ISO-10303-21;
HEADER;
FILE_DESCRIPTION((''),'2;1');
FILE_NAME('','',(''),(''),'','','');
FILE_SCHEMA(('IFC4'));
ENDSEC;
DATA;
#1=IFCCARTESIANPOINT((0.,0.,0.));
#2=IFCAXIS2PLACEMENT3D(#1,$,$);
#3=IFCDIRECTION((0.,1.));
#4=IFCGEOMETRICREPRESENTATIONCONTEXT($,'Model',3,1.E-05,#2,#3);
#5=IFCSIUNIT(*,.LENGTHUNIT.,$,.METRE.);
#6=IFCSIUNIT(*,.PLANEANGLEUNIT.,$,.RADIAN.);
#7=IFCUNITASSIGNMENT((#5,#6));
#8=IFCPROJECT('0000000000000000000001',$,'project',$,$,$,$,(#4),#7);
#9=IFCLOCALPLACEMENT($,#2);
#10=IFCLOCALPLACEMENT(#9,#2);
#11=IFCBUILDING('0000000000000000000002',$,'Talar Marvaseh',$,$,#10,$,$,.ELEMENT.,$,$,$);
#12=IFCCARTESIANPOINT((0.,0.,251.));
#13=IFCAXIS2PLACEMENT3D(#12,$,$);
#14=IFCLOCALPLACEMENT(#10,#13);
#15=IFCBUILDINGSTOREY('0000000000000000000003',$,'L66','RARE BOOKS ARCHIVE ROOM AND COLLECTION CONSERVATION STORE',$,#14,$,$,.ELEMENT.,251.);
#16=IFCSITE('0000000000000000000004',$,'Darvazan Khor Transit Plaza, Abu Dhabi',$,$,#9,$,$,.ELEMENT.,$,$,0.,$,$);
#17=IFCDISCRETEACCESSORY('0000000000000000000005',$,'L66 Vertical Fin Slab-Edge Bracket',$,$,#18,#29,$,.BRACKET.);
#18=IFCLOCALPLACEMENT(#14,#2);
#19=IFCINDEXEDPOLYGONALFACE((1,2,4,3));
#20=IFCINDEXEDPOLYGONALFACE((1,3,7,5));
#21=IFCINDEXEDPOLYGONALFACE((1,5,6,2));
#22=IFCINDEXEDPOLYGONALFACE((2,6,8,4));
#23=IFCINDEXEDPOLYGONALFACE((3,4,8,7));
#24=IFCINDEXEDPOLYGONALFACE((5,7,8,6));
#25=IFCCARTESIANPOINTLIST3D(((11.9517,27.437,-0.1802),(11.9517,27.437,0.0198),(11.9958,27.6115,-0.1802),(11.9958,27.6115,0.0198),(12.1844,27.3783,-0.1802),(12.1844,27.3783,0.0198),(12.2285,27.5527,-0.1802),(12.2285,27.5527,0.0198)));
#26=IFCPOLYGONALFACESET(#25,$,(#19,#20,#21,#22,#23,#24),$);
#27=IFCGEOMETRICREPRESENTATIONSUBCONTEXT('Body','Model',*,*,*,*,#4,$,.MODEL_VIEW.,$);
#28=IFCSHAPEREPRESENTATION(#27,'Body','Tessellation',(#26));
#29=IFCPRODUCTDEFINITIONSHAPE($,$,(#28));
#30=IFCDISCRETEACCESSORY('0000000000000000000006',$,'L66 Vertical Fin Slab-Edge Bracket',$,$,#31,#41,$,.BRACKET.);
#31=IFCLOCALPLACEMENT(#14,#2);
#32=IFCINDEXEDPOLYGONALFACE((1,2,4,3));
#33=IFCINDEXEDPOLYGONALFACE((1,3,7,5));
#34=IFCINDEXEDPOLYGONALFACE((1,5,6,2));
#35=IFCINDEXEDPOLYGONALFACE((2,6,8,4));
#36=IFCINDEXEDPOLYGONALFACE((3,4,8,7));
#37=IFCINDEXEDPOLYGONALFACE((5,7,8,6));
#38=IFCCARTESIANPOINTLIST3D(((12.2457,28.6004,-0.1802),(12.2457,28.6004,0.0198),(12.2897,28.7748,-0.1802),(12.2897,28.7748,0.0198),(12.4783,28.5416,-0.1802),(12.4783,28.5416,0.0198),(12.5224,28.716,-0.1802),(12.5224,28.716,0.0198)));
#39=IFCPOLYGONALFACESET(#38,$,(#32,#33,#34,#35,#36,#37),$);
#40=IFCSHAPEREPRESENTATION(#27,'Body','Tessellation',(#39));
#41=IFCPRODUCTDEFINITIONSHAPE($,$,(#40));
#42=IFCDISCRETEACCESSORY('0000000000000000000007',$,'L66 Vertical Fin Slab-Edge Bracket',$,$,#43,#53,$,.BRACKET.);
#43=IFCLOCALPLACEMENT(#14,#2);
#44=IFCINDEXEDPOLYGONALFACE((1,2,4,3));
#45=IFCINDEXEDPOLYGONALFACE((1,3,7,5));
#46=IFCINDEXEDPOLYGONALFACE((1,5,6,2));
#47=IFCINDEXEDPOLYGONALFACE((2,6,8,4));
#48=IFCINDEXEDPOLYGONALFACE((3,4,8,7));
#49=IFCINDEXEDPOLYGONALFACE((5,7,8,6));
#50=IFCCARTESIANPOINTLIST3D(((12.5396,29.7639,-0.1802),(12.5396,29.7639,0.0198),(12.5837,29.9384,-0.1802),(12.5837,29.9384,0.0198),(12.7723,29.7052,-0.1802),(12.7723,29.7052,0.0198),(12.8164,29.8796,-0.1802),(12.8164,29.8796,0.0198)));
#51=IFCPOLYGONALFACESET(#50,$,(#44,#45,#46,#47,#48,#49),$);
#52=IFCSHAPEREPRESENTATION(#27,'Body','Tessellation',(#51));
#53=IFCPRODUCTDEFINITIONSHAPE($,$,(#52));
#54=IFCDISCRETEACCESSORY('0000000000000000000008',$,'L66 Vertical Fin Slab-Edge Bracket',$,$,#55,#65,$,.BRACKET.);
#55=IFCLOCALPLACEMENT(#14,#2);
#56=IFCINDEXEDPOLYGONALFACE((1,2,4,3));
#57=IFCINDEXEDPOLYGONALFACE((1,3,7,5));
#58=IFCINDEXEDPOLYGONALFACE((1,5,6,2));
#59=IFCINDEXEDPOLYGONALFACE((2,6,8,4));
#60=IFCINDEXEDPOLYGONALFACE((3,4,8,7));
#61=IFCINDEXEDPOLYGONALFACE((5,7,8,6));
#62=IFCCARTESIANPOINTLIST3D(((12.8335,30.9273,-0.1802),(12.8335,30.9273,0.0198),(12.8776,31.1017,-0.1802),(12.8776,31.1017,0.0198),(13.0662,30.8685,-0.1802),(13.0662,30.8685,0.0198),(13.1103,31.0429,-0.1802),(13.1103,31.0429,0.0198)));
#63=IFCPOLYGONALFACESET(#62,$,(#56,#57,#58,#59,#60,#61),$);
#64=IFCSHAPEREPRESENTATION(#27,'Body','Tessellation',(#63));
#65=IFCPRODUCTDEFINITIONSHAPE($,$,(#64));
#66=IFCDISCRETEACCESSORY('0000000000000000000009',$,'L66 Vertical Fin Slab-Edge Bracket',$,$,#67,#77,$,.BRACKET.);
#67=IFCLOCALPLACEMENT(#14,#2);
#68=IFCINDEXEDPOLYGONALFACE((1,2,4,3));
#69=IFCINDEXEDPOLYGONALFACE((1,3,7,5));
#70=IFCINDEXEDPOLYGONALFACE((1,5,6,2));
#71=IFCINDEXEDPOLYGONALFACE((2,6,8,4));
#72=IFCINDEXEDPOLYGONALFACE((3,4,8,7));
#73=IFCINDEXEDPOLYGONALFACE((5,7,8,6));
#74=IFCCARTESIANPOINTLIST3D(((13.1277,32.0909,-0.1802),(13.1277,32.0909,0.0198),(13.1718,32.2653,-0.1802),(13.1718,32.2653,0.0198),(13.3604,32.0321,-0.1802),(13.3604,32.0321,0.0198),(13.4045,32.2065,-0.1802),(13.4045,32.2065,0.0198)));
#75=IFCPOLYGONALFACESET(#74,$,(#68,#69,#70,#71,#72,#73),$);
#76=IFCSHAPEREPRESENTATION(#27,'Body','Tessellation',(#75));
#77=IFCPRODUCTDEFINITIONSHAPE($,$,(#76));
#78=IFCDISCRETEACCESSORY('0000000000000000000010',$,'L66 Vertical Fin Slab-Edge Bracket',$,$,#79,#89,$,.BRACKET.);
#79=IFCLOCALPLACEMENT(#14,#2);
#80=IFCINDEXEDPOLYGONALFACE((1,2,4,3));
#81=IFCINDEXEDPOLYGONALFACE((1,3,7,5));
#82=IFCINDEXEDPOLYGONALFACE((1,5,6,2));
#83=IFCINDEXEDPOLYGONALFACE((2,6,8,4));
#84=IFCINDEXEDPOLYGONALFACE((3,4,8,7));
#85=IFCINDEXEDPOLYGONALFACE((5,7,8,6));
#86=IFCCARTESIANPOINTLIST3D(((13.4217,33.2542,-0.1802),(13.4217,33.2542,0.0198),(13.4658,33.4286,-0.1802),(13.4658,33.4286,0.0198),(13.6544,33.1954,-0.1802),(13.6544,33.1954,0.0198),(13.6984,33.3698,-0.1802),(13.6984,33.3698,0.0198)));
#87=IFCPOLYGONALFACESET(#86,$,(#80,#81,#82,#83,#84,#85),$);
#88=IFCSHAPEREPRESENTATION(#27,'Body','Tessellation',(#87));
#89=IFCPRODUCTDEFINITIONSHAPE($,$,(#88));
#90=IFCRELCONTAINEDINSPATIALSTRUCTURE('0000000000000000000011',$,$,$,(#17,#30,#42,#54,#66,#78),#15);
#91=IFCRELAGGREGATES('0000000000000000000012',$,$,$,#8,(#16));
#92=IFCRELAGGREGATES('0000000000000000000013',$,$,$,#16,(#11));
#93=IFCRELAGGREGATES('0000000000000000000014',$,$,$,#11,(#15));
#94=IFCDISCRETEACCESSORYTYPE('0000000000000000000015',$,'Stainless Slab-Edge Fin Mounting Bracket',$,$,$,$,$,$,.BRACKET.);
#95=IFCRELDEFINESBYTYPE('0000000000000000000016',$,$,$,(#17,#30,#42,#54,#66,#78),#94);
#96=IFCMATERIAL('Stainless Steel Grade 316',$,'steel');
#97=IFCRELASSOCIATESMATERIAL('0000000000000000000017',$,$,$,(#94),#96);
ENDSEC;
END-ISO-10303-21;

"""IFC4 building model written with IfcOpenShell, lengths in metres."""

from ifc_helpers import new_model, si_unit, direction, frame, origin, origin_2d, place, context, subcontext, project, spatial, rectangle, extrude, source, transform, mapped, material, type_object, type_shapes, element, save


model = new_model("IFC4")

# Units and contexts
model_context = context("Model", 3, precision=1e-05, world=origin(), true_north=direction((0.0, 1.0)))
body_context = subcontext(model_context, "Body", "Model", "MODEL_VIEW")
ifc_project = project(units=[si_unit("LENGTHUNIT", "METRE"), si_unit("PLANEANGLEUNIT", "RADIAN")], contexts=[model_context])

# Site, building, storey
site_placement = place(None, origin())
site = spatial("IfcSite", under=ifc_project, at=site_placement, Name="Darvazan Khor Transit Plaza, Abu Dhabi", CompositionType="ELEMENT", RefElevation=0.0)
building_placement = place(site_placement, origin())
building = spatial("IfcBuilding", under=site, at=building_placement, Name="Talar Marvaseh", CompositionType="ELEMENT")
storey_placement = place(building_placement, frame((0.0, 0.0, 251.0)))
storey = spatial("IfcBuildingStorey", under=building, at=storey_placement, Name="L66", Description="RARE BOOKS ARCHIVE ROOM AND COLLECTION CONSERVATION STORE", CompositionType="ELEMENT", Elevation=251.0)

# Shared definitions
ifc_material_1 = material(Name="Stainless Steel Grade 316", Category="steel")

# Discrete accessories
discrete_accessory_type = type_object("IfcDiscreteAccessoryType", Name="Stainless Slab-Edge Fin Mounting Bracket", PredefinedType="BRACKET", material=ifc_material_1)
shared_shape_1 = source(origin(), body_context, "Body", "SweptSolid", [
    extrude(rectangle(XDim=0.24, YDim=0.1799, at=origin_2d()), origin(), (0.0, 0.0, 1.0), 0.2),
])
type_shapes(discrete_accessory_type, [shared_shape_1])
for number, where, z_axis, x_axis, name in (
    (1, (12.0901, 27.4949, -0.1802), (0.0, 0.0, 1.0), (-0.969531, 0.244969, 0.0), "L66 Vertical Fin Slab-Edge Bracket"),
    (2, (12.384, 28.6582, -0.1802), (0.0, 0.0, 1.0), (-0.969531, 0.244969, 0.0), "L66 Vertical Fin Slab-Edge Bracket"),
    (3, (12.678, 29.8218, -0.1802), (0.0, 0.0, 1.0), (-0.969531, 0.244969, 0.0), "L66 Vertical Fin Slab-Edge Bracket"),
    (4, (12.9719, 30.9851, -0.1802), (0.0, 0.0, 1.0), (-0.969531, 0.244969, 0.0), "L66 Vertical Fin Slab-Edge Bracket"),
    (5, (13.2661, 32.1487, -0.1802), (0.0, 0.0, 1.0), (-0.969531, 0.244969, 0.0), "L66 Vertical Fin Slab-Edge Bracket"),
    (6, (13.5601, 33.312, -0.1802), (0.0, 0.0, 1.0), (-0.969531, 0.244969, 0.0), "L66 Vertical Fin Slab-Edge Bracket"),
):
    element("IfcDiscreteAccessory", number, at=place(storey_placement, frame(where, z_axis=z_axis, x_axis=x_axis)), inside=storey, type_object=discrete_accessory_type, Name=name, PredefinedType="BRACKET", context=body_context, shape_type="MappedRepresentation", body=[
        mapped(shared_shape_1, transform((0.0, 0.0, 0.0), x_axis=(1.0, 0.0, 0.0), y_axis=(0.0, 1.0, 0.0), z_axis=(0.0, 0.0, 1.0), scale=1.0)),
    ])

save(model, "model.ifc")
